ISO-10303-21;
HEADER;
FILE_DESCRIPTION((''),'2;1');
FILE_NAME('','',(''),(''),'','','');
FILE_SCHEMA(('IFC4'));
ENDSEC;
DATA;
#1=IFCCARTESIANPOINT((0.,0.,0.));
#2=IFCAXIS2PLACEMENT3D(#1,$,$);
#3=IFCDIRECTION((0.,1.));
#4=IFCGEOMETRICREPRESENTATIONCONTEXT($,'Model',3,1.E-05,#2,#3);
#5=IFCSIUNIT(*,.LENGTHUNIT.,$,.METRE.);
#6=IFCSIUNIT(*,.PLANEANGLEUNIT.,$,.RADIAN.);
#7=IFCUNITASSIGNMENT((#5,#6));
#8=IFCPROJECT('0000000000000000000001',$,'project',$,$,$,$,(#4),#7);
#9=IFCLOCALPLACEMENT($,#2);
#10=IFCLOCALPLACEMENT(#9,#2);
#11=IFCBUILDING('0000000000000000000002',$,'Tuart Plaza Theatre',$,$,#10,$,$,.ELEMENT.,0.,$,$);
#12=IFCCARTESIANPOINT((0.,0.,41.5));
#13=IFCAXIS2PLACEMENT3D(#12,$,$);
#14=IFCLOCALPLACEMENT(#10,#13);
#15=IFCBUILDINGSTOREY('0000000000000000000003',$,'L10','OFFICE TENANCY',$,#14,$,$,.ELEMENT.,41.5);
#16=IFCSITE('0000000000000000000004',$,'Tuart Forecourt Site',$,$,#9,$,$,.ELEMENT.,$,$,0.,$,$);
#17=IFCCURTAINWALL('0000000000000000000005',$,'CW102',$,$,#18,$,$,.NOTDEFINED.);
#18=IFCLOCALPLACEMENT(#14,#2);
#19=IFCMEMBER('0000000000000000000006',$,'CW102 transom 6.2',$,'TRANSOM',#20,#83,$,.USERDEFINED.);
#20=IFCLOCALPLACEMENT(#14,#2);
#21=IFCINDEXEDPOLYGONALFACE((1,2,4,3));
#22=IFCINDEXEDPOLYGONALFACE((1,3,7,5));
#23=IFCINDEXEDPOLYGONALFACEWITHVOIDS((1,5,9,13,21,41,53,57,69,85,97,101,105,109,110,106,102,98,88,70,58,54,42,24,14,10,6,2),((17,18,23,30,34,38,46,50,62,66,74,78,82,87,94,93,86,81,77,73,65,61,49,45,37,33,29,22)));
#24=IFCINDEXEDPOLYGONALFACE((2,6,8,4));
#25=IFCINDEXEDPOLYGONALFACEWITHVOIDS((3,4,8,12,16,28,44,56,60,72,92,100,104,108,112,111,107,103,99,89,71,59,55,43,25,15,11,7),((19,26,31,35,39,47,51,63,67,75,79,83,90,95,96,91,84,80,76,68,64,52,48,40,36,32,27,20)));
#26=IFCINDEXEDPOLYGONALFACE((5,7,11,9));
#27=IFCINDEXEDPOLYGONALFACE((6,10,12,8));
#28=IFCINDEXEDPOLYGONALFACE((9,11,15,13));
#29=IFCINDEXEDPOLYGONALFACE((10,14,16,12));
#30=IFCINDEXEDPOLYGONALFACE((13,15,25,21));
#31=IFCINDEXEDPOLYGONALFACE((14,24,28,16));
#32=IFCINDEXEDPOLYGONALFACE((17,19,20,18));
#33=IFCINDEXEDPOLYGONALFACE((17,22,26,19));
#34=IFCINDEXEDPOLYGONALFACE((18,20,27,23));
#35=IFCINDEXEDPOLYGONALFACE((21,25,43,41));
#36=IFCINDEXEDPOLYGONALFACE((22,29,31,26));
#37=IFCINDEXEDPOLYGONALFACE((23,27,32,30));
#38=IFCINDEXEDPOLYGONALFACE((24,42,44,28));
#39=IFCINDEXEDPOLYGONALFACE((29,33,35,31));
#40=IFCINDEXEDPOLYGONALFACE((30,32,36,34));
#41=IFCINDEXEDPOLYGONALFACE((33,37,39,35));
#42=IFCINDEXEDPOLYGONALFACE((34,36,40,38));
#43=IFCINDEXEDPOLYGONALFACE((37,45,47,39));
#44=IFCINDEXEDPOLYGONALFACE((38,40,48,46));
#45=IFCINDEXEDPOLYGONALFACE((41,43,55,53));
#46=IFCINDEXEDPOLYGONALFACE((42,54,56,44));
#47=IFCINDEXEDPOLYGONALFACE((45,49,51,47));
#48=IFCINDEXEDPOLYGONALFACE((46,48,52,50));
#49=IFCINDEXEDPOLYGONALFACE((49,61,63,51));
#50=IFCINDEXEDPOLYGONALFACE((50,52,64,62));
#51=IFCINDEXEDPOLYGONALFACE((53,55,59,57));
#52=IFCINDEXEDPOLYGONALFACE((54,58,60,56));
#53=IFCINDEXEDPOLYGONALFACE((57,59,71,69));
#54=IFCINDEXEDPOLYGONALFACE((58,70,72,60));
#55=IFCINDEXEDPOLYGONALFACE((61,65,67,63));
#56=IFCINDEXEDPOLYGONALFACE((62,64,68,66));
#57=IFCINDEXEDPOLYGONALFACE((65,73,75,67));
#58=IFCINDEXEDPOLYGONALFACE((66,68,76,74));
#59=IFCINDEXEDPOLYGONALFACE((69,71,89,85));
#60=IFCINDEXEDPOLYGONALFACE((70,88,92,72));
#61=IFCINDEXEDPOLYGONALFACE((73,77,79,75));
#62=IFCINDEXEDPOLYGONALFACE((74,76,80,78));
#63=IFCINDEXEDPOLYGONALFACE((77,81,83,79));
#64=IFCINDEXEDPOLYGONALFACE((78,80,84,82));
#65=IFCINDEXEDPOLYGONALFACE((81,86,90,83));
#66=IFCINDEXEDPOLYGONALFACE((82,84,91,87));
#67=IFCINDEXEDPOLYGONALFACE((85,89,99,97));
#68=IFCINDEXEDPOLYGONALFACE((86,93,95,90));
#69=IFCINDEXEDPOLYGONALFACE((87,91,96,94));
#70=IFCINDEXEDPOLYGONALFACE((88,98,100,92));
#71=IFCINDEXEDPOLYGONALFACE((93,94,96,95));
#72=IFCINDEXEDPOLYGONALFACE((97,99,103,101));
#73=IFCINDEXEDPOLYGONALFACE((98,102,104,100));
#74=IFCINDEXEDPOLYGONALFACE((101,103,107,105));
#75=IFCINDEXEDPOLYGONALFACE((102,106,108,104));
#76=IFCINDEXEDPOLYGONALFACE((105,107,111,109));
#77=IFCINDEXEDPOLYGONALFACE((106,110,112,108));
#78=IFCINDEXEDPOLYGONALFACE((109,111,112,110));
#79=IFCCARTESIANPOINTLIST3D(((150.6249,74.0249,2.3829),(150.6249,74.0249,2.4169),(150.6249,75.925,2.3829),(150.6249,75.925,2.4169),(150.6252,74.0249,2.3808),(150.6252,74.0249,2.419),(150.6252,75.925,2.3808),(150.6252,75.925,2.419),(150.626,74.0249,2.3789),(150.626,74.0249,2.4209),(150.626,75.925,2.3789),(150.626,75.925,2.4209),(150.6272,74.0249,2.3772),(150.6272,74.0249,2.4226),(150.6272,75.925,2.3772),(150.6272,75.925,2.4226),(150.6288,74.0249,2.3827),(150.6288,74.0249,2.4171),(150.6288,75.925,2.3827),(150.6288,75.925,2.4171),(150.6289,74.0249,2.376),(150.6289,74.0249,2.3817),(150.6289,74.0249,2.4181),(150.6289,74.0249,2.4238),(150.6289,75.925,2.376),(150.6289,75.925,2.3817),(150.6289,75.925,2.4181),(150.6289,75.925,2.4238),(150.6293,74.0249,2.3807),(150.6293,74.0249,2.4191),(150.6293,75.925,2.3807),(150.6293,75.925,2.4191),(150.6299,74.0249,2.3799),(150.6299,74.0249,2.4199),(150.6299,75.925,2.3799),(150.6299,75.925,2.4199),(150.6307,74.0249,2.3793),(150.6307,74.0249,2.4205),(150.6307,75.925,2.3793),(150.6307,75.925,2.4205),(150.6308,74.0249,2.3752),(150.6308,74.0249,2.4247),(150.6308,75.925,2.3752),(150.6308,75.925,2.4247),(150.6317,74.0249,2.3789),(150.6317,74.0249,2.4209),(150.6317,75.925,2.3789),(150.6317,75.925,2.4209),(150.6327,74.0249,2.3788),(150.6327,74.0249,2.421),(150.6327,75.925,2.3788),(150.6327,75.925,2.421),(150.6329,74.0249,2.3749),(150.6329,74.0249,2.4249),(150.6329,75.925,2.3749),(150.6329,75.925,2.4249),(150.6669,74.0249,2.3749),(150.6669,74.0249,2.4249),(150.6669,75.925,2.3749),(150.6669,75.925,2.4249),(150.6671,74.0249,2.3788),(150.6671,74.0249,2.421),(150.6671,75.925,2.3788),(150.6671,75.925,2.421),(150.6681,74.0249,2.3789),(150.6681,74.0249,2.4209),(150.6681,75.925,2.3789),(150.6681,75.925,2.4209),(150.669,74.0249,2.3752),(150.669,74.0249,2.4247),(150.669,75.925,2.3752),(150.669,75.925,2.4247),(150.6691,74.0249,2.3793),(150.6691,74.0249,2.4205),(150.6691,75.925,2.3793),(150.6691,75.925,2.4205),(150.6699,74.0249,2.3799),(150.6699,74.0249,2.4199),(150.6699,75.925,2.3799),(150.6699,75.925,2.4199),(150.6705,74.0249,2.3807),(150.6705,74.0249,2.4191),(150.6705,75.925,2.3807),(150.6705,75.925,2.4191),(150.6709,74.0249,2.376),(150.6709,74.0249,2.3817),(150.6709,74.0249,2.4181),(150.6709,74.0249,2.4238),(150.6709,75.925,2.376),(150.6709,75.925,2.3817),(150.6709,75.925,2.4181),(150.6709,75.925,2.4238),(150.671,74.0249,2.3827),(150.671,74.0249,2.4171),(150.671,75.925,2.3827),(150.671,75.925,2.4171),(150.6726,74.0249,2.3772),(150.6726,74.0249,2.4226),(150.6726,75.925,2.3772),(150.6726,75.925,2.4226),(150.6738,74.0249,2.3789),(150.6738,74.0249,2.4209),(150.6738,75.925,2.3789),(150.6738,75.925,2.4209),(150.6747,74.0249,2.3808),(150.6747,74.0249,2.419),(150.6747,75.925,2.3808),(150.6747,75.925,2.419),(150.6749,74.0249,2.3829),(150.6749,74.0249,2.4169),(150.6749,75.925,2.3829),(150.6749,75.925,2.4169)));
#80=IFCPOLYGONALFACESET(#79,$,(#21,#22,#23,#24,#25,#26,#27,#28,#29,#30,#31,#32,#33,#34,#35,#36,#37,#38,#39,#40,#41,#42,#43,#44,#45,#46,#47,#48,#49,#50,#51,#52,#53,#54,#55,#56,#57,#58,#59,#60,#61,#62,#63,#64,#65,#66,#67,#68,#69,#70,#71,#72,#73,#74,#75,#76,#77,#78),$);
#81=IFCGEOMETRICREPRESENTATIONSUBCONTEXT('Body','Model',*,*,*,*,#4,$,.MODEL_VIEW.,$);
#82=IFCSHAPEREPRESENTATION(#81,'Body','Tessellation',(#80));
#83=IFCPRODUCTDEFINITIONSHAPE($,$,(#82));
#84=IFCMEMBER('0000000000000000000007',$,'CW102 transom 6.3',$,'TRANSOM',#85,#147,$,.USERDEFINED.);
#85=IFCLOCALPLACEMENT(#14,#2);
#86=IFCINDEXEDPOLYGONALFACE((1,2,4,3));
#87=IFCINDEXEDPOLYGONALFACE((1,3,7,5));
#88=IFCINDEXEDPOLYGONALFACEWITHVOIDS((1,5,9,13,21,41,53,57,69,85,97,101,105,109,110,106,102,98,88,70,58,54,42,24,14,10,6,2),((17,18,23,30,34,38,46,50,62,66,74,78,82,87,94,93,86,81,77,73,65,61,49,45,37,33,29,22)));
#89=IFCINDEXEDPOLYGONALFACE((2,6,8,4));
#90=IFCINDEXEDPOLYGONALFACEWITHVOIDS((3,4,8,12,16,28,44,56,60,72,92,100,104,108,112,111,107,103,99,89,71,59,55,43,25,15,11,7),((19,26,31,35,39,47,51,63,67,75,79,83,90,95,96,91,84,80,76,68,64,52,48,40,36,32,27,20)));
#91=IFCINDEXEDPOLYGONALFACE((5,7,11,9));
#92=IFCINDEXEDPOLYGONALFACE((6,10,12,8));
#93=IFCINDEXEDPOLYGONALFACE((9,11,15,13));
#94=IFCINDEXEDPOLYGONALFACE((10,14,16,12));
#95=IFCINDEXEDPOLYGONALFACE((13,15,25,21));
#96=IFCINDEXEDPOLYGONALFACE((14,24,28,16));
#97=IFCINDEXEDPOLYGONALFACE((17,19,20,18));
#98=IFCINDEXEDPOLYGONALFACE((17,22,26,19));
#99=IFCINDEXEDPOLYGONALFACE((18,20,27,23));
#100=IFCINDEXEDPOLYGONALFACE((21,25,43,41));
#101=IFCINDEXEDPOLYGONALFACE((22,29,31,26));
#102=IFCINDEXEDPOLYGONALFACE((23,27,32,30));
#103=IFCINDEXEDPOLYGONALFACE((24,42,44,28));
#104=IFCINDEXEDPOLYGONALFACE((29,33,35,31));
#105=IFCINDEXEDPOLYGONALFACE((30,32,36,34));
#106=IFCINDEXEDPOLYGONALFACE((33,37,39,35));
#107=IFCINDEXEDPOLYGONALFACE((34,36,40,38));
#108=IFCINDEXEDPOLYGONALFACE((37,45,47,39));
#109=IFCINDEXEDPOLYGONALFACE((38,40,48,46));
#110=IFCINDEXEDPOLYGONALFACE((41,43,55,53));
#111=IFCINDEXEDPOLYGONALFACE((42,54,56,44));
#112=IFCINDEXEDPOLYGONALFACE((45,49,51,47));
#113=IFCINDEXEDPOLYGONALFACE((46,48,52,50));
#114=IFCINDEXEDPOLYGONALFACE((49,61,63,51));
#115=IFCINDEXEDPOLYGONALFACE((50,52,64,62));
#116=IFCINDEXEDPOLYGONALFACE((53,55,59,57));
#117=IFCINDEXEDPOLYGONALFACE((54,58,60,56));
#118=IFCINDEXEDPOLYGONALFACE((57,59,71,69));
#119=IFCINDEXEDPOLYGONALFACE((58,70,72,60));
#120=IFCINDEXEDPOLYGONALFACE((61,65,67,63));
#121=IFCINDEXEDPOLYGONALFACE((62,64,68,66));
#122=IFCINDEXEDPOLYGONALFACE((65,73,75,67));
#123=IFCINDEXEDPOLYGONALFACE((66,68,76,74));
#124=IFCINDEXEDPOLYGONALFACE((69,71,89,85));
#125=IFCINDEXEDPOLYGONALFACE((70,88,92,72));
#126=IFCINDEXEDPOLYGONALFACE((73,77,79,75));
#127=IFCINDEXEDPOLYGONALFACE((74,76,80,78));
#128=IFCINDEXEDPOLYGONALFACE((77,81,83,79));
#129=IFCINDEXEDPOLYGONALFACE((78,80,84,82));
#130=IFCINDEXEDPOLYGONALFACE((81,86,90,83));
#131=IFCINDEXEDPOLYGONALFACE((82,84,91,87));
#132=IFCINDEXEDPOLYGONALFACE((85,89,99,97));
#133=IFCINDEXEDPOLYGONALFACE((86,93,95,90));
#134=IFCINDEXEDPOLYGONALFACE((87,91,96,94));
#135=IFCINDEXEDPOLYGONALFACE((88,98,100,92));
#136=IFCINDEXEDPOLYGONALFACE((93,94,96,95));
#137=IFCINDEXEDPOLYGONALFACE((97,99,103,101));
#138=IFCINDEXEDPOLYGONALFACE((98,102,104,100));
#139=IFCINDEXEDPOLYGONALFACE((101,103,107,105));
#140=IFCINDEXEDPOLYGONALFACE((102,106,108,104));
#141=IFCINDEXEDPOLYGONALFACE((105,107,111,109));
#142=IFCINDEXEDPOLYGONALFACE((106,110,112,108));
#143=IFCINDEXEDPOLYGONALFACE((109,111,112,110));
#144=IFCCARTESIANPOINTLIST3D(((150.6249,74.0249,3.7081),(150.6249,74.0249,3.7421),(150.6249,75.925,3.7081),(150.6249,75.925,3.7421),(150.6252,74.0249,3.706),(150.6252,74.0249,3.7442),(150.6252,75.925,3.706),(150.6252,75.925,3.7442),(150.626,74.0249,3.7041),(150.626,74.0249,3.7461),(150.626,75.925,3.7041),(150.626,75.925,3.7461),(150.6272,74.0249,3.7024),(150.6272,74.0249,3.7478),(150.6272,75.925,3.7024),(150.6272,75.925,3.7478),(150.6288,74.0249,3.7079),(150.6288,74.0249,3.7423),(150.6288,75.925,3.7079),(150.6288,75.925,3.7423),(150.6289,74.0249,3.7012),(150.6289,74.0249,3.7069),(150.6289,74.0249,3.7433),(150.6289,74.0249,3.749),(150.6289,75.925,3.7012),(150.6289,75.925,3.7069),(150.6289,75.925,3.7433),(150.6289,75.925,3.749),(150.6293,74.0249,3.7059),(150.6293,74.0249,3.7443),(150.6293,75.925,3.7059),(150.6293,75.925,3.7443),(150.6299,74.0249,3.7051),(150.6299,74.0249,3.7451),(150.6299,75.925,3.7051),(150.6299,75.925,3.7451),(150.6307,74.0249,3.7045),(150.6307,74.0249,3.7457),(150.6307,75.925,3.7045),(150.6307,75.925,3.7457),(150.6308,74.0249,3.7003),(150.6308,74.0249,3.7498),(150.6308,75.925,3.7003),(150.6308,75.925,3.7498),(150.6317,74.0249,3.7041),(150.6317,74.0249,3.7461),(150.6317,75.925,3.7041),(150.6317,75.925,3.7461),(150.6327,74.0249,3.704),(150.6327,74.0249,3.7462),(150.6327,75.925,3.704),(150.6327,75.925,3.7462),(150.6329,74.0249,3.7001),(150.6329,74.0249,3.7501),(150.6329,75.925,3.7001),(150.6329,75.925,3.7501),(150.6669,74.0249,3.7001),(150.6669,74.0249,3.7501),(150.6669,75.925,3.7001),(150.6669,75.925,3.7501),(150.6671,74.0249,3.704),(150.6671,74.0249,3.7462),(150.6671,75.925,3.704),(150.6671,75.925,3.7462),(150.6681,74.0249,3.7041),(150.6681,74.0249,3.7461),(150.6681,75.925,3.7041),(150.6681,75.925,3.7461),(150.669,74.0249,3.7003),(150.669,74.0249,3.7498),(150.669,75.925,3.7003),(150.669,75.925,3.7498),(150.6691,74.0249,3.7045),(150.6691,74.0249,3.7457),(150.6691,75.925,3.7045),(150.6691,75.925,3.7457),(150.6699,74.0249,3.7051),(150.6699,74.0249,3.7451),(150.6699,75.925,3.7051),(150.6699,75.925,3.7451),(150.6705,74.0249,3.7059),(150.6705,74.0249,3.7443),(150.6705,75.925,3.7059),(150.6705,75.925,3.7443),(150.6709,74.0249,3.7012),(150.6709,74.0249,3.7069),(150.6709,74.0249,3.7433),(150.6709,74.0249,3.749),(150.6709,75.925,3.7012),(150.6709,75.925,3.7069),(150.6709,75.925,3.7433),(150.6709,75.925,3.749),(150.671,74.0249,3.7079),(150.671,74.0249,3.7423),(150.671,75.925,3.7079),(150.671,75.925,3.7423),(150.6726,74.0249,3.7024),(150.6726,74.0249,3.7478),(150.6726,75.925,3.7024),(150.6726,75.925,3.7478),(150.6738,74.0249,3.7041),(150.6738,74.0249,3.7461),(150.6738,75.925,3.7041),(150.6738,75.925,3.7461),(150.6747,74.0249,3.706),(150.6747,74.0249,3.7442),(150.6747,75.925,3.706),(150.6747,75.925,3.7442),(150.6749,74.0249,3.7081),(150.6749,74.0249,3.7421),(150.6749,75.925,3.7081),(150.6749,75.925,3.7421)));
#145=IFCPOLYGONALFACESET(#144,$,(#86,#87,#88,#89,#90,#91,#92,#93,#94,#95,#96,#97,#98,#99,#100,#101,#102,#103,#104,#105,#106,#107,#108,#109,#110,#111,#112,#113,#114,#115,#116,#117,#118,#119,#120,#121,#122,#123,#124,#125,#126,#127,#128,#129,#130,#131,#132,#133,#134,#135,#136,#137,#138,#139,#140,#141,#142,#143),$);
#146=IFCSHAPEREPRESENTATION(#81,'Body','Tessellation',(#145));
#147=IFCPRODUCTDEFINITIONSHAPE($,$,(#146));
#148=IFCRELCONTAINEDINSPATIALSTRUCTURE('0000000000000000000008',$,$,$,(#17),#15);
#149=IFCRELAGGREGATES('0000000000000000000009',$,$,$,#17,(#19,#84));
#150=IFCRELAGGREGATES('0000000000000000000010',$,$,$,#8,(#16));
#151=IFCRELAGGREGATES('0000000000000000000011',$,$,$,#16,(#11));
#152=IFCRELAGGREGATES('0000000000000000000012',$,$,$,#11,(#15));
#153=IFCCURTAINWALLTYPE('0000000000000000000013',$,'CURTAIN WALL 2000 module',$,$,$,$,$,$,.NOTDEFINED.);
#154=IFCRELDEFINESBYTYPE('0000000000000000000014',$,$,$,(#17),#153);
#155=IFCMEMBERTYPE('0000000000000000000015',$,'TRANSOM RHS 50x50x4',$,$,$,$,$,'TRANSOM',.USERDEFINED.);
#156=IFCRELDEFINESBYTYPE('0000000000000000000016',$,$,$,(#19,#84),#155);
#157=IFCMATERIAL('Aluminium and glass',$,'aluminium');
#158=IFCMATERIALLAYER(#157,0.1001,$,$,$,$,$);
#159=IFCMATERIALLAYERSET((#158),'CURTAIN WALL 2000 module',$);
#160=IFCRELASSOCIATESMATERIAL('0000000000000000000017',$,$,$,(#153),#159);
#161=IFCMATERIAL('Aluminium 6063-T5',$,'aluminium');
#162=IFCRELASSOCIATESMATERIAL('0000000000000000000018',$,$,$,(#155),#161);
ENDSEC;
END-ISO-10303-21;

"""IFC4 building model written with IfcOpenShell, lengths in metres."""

from ifc_helpers import new_model, si_unit, direction, frame, origin, origin_2d, place, context, subcontext, project, spatial, hollow_rectangle, extrude, material, layer, layer_set, material_profile, profile_set, type_object, element, aggregate, save


model = new_model("IFC4")

# Units and contexts
model_context = context("Model", 3, precision=1e-05, world=origin(), true_north=direction((0.0, 1.0)))
body_context = subcontext(model_context, "Body", "Model", "MODEL_VIEW")
ifc_project = project(units=[si_unit("LENGTHUNIT", "METRE"), si_unit("PLANEANGLEUNIT", "RADIAN")], contexts=[model_context])

# Site, building, storey
site_placement = place(None, origin())
site = spatial("IfcSite", under=ifc_project, at=site_placement, Name="Tuart Forecourt Site", CompositionType="ELEMENT", RefElevation=0.0)
building_placement = place(site_placement, origin())
building = spatial("IfcBuilding", under=site, at=building_placement, Name="Tuart Plaza Theatre", CompositionType="ELEMENT", ElevationOfRefHeight=0.0)
storey_placement = place(building_placement, frame((0.0, 0.0, 41.5)))
storey = spatial("IfcBuildingStorey", under=building, at=storey_placement, Name="L10", Description="OFFICE TENANCY", CompositionType="ELEMENT", Elevation=41.5)

# Curtain wall, members
ifc_material_1 = material(Name="Aluminium and glass", Category="aluminium")
ifc_layer_1 = layer(ifc_material_1, 0.1001)
ifc_layer_set_1 = layer_set([ifc_layer_1], Name="CURTAIN WALL 2000 module")
curtain_wall_type = type_object("IfcCurtainWallType", Name="CURTAIN WALL 2000 module", PredefinedType="NOTDEFINED", material=ifc_layer_set_1)
curtain_wall_placement = place(storey_placement, origin())
curtain_wall = element("IfcCurtainWall", 1, at=curtain_wall_placement, inside=storey, type_object=curtain_wall_type, Name="CW102", PredefinedType="NOTDEFINED")
ifc_material_2 = material(Name="Aluminium 6063-T5", Category="aluminium")
ifc_material_profile_1 = material_profile(ifc_material_2, hollow_rectangle(XDim=0.05, YDim=0.05, WallThickness=0.0039, InnerFilletRadius=0.0039, OuterFilletRadius=0.0081, at=origin_2d()), Name="RHS 50x50x4")
ifc_profile_set_1 = profile_set([ifc_material_profile_1], Name="Aluminium 6063-T5")
member_type_1 = type_object("IfcMemberType", Name="TRANSOM RHS 50x50x4", ElementType="TRANSOM", PredefinedType="USERDEFINED", material=ifc_profile_set_1)
member_1_placement = place(storey_placement, frame((150.6499, 74.0249, 2.3999), z_axis=(0.0, 1.0, 0.0), x_axis=(-1.0, 0.0, 0.0)))
member_1 = element("IfcMember", 2, at=member_1_placement, type_object=member_type_1, Name="CW102 transom 6.2", ObjectType="TRANSOM", PredefinedType="USERDEFINED", context=body_context, shape_type="SweptSolid", body=[
    extrude(hollow_rectangle(XDim=0.05, YDim=0.05, WallThickness=0.0039, InnerFilletRadius=0.0039, OuterFilletRadius=0.0081, at=origin_2d()), origin(), (0.0, 0.0, 1.0), 1.9001),
])
member_2_placement = place(storey_placement, frame((150.6499, 74.0249, 3.7251), z_axis=(0.0, 1.0, 0.0), x_axis=(-1.0, 0.0, 0.0)))
member_2 = element("IfcMember", 3, at=member_2_placement, type_object=member_type_1, Name="CW102 transom 6.3", ObjectType="TRANSOM", PredefinedType="USERDEFINED", context=body_context, shape_type="SweptSolid", body=[
    extrude(hollow_rectangle(XDim=0.05, YDim=0.05, WallThickness=0.0039, InnerFilletRadius=0.0039, OuterFilletRadius=0.0081, at=origin_2d()), origin(), (0.0, 0.0, 1.0), 1.9001),
])
aggregate(curtain_wall, [member_1, member_2])

save(model, "model.ifc")
